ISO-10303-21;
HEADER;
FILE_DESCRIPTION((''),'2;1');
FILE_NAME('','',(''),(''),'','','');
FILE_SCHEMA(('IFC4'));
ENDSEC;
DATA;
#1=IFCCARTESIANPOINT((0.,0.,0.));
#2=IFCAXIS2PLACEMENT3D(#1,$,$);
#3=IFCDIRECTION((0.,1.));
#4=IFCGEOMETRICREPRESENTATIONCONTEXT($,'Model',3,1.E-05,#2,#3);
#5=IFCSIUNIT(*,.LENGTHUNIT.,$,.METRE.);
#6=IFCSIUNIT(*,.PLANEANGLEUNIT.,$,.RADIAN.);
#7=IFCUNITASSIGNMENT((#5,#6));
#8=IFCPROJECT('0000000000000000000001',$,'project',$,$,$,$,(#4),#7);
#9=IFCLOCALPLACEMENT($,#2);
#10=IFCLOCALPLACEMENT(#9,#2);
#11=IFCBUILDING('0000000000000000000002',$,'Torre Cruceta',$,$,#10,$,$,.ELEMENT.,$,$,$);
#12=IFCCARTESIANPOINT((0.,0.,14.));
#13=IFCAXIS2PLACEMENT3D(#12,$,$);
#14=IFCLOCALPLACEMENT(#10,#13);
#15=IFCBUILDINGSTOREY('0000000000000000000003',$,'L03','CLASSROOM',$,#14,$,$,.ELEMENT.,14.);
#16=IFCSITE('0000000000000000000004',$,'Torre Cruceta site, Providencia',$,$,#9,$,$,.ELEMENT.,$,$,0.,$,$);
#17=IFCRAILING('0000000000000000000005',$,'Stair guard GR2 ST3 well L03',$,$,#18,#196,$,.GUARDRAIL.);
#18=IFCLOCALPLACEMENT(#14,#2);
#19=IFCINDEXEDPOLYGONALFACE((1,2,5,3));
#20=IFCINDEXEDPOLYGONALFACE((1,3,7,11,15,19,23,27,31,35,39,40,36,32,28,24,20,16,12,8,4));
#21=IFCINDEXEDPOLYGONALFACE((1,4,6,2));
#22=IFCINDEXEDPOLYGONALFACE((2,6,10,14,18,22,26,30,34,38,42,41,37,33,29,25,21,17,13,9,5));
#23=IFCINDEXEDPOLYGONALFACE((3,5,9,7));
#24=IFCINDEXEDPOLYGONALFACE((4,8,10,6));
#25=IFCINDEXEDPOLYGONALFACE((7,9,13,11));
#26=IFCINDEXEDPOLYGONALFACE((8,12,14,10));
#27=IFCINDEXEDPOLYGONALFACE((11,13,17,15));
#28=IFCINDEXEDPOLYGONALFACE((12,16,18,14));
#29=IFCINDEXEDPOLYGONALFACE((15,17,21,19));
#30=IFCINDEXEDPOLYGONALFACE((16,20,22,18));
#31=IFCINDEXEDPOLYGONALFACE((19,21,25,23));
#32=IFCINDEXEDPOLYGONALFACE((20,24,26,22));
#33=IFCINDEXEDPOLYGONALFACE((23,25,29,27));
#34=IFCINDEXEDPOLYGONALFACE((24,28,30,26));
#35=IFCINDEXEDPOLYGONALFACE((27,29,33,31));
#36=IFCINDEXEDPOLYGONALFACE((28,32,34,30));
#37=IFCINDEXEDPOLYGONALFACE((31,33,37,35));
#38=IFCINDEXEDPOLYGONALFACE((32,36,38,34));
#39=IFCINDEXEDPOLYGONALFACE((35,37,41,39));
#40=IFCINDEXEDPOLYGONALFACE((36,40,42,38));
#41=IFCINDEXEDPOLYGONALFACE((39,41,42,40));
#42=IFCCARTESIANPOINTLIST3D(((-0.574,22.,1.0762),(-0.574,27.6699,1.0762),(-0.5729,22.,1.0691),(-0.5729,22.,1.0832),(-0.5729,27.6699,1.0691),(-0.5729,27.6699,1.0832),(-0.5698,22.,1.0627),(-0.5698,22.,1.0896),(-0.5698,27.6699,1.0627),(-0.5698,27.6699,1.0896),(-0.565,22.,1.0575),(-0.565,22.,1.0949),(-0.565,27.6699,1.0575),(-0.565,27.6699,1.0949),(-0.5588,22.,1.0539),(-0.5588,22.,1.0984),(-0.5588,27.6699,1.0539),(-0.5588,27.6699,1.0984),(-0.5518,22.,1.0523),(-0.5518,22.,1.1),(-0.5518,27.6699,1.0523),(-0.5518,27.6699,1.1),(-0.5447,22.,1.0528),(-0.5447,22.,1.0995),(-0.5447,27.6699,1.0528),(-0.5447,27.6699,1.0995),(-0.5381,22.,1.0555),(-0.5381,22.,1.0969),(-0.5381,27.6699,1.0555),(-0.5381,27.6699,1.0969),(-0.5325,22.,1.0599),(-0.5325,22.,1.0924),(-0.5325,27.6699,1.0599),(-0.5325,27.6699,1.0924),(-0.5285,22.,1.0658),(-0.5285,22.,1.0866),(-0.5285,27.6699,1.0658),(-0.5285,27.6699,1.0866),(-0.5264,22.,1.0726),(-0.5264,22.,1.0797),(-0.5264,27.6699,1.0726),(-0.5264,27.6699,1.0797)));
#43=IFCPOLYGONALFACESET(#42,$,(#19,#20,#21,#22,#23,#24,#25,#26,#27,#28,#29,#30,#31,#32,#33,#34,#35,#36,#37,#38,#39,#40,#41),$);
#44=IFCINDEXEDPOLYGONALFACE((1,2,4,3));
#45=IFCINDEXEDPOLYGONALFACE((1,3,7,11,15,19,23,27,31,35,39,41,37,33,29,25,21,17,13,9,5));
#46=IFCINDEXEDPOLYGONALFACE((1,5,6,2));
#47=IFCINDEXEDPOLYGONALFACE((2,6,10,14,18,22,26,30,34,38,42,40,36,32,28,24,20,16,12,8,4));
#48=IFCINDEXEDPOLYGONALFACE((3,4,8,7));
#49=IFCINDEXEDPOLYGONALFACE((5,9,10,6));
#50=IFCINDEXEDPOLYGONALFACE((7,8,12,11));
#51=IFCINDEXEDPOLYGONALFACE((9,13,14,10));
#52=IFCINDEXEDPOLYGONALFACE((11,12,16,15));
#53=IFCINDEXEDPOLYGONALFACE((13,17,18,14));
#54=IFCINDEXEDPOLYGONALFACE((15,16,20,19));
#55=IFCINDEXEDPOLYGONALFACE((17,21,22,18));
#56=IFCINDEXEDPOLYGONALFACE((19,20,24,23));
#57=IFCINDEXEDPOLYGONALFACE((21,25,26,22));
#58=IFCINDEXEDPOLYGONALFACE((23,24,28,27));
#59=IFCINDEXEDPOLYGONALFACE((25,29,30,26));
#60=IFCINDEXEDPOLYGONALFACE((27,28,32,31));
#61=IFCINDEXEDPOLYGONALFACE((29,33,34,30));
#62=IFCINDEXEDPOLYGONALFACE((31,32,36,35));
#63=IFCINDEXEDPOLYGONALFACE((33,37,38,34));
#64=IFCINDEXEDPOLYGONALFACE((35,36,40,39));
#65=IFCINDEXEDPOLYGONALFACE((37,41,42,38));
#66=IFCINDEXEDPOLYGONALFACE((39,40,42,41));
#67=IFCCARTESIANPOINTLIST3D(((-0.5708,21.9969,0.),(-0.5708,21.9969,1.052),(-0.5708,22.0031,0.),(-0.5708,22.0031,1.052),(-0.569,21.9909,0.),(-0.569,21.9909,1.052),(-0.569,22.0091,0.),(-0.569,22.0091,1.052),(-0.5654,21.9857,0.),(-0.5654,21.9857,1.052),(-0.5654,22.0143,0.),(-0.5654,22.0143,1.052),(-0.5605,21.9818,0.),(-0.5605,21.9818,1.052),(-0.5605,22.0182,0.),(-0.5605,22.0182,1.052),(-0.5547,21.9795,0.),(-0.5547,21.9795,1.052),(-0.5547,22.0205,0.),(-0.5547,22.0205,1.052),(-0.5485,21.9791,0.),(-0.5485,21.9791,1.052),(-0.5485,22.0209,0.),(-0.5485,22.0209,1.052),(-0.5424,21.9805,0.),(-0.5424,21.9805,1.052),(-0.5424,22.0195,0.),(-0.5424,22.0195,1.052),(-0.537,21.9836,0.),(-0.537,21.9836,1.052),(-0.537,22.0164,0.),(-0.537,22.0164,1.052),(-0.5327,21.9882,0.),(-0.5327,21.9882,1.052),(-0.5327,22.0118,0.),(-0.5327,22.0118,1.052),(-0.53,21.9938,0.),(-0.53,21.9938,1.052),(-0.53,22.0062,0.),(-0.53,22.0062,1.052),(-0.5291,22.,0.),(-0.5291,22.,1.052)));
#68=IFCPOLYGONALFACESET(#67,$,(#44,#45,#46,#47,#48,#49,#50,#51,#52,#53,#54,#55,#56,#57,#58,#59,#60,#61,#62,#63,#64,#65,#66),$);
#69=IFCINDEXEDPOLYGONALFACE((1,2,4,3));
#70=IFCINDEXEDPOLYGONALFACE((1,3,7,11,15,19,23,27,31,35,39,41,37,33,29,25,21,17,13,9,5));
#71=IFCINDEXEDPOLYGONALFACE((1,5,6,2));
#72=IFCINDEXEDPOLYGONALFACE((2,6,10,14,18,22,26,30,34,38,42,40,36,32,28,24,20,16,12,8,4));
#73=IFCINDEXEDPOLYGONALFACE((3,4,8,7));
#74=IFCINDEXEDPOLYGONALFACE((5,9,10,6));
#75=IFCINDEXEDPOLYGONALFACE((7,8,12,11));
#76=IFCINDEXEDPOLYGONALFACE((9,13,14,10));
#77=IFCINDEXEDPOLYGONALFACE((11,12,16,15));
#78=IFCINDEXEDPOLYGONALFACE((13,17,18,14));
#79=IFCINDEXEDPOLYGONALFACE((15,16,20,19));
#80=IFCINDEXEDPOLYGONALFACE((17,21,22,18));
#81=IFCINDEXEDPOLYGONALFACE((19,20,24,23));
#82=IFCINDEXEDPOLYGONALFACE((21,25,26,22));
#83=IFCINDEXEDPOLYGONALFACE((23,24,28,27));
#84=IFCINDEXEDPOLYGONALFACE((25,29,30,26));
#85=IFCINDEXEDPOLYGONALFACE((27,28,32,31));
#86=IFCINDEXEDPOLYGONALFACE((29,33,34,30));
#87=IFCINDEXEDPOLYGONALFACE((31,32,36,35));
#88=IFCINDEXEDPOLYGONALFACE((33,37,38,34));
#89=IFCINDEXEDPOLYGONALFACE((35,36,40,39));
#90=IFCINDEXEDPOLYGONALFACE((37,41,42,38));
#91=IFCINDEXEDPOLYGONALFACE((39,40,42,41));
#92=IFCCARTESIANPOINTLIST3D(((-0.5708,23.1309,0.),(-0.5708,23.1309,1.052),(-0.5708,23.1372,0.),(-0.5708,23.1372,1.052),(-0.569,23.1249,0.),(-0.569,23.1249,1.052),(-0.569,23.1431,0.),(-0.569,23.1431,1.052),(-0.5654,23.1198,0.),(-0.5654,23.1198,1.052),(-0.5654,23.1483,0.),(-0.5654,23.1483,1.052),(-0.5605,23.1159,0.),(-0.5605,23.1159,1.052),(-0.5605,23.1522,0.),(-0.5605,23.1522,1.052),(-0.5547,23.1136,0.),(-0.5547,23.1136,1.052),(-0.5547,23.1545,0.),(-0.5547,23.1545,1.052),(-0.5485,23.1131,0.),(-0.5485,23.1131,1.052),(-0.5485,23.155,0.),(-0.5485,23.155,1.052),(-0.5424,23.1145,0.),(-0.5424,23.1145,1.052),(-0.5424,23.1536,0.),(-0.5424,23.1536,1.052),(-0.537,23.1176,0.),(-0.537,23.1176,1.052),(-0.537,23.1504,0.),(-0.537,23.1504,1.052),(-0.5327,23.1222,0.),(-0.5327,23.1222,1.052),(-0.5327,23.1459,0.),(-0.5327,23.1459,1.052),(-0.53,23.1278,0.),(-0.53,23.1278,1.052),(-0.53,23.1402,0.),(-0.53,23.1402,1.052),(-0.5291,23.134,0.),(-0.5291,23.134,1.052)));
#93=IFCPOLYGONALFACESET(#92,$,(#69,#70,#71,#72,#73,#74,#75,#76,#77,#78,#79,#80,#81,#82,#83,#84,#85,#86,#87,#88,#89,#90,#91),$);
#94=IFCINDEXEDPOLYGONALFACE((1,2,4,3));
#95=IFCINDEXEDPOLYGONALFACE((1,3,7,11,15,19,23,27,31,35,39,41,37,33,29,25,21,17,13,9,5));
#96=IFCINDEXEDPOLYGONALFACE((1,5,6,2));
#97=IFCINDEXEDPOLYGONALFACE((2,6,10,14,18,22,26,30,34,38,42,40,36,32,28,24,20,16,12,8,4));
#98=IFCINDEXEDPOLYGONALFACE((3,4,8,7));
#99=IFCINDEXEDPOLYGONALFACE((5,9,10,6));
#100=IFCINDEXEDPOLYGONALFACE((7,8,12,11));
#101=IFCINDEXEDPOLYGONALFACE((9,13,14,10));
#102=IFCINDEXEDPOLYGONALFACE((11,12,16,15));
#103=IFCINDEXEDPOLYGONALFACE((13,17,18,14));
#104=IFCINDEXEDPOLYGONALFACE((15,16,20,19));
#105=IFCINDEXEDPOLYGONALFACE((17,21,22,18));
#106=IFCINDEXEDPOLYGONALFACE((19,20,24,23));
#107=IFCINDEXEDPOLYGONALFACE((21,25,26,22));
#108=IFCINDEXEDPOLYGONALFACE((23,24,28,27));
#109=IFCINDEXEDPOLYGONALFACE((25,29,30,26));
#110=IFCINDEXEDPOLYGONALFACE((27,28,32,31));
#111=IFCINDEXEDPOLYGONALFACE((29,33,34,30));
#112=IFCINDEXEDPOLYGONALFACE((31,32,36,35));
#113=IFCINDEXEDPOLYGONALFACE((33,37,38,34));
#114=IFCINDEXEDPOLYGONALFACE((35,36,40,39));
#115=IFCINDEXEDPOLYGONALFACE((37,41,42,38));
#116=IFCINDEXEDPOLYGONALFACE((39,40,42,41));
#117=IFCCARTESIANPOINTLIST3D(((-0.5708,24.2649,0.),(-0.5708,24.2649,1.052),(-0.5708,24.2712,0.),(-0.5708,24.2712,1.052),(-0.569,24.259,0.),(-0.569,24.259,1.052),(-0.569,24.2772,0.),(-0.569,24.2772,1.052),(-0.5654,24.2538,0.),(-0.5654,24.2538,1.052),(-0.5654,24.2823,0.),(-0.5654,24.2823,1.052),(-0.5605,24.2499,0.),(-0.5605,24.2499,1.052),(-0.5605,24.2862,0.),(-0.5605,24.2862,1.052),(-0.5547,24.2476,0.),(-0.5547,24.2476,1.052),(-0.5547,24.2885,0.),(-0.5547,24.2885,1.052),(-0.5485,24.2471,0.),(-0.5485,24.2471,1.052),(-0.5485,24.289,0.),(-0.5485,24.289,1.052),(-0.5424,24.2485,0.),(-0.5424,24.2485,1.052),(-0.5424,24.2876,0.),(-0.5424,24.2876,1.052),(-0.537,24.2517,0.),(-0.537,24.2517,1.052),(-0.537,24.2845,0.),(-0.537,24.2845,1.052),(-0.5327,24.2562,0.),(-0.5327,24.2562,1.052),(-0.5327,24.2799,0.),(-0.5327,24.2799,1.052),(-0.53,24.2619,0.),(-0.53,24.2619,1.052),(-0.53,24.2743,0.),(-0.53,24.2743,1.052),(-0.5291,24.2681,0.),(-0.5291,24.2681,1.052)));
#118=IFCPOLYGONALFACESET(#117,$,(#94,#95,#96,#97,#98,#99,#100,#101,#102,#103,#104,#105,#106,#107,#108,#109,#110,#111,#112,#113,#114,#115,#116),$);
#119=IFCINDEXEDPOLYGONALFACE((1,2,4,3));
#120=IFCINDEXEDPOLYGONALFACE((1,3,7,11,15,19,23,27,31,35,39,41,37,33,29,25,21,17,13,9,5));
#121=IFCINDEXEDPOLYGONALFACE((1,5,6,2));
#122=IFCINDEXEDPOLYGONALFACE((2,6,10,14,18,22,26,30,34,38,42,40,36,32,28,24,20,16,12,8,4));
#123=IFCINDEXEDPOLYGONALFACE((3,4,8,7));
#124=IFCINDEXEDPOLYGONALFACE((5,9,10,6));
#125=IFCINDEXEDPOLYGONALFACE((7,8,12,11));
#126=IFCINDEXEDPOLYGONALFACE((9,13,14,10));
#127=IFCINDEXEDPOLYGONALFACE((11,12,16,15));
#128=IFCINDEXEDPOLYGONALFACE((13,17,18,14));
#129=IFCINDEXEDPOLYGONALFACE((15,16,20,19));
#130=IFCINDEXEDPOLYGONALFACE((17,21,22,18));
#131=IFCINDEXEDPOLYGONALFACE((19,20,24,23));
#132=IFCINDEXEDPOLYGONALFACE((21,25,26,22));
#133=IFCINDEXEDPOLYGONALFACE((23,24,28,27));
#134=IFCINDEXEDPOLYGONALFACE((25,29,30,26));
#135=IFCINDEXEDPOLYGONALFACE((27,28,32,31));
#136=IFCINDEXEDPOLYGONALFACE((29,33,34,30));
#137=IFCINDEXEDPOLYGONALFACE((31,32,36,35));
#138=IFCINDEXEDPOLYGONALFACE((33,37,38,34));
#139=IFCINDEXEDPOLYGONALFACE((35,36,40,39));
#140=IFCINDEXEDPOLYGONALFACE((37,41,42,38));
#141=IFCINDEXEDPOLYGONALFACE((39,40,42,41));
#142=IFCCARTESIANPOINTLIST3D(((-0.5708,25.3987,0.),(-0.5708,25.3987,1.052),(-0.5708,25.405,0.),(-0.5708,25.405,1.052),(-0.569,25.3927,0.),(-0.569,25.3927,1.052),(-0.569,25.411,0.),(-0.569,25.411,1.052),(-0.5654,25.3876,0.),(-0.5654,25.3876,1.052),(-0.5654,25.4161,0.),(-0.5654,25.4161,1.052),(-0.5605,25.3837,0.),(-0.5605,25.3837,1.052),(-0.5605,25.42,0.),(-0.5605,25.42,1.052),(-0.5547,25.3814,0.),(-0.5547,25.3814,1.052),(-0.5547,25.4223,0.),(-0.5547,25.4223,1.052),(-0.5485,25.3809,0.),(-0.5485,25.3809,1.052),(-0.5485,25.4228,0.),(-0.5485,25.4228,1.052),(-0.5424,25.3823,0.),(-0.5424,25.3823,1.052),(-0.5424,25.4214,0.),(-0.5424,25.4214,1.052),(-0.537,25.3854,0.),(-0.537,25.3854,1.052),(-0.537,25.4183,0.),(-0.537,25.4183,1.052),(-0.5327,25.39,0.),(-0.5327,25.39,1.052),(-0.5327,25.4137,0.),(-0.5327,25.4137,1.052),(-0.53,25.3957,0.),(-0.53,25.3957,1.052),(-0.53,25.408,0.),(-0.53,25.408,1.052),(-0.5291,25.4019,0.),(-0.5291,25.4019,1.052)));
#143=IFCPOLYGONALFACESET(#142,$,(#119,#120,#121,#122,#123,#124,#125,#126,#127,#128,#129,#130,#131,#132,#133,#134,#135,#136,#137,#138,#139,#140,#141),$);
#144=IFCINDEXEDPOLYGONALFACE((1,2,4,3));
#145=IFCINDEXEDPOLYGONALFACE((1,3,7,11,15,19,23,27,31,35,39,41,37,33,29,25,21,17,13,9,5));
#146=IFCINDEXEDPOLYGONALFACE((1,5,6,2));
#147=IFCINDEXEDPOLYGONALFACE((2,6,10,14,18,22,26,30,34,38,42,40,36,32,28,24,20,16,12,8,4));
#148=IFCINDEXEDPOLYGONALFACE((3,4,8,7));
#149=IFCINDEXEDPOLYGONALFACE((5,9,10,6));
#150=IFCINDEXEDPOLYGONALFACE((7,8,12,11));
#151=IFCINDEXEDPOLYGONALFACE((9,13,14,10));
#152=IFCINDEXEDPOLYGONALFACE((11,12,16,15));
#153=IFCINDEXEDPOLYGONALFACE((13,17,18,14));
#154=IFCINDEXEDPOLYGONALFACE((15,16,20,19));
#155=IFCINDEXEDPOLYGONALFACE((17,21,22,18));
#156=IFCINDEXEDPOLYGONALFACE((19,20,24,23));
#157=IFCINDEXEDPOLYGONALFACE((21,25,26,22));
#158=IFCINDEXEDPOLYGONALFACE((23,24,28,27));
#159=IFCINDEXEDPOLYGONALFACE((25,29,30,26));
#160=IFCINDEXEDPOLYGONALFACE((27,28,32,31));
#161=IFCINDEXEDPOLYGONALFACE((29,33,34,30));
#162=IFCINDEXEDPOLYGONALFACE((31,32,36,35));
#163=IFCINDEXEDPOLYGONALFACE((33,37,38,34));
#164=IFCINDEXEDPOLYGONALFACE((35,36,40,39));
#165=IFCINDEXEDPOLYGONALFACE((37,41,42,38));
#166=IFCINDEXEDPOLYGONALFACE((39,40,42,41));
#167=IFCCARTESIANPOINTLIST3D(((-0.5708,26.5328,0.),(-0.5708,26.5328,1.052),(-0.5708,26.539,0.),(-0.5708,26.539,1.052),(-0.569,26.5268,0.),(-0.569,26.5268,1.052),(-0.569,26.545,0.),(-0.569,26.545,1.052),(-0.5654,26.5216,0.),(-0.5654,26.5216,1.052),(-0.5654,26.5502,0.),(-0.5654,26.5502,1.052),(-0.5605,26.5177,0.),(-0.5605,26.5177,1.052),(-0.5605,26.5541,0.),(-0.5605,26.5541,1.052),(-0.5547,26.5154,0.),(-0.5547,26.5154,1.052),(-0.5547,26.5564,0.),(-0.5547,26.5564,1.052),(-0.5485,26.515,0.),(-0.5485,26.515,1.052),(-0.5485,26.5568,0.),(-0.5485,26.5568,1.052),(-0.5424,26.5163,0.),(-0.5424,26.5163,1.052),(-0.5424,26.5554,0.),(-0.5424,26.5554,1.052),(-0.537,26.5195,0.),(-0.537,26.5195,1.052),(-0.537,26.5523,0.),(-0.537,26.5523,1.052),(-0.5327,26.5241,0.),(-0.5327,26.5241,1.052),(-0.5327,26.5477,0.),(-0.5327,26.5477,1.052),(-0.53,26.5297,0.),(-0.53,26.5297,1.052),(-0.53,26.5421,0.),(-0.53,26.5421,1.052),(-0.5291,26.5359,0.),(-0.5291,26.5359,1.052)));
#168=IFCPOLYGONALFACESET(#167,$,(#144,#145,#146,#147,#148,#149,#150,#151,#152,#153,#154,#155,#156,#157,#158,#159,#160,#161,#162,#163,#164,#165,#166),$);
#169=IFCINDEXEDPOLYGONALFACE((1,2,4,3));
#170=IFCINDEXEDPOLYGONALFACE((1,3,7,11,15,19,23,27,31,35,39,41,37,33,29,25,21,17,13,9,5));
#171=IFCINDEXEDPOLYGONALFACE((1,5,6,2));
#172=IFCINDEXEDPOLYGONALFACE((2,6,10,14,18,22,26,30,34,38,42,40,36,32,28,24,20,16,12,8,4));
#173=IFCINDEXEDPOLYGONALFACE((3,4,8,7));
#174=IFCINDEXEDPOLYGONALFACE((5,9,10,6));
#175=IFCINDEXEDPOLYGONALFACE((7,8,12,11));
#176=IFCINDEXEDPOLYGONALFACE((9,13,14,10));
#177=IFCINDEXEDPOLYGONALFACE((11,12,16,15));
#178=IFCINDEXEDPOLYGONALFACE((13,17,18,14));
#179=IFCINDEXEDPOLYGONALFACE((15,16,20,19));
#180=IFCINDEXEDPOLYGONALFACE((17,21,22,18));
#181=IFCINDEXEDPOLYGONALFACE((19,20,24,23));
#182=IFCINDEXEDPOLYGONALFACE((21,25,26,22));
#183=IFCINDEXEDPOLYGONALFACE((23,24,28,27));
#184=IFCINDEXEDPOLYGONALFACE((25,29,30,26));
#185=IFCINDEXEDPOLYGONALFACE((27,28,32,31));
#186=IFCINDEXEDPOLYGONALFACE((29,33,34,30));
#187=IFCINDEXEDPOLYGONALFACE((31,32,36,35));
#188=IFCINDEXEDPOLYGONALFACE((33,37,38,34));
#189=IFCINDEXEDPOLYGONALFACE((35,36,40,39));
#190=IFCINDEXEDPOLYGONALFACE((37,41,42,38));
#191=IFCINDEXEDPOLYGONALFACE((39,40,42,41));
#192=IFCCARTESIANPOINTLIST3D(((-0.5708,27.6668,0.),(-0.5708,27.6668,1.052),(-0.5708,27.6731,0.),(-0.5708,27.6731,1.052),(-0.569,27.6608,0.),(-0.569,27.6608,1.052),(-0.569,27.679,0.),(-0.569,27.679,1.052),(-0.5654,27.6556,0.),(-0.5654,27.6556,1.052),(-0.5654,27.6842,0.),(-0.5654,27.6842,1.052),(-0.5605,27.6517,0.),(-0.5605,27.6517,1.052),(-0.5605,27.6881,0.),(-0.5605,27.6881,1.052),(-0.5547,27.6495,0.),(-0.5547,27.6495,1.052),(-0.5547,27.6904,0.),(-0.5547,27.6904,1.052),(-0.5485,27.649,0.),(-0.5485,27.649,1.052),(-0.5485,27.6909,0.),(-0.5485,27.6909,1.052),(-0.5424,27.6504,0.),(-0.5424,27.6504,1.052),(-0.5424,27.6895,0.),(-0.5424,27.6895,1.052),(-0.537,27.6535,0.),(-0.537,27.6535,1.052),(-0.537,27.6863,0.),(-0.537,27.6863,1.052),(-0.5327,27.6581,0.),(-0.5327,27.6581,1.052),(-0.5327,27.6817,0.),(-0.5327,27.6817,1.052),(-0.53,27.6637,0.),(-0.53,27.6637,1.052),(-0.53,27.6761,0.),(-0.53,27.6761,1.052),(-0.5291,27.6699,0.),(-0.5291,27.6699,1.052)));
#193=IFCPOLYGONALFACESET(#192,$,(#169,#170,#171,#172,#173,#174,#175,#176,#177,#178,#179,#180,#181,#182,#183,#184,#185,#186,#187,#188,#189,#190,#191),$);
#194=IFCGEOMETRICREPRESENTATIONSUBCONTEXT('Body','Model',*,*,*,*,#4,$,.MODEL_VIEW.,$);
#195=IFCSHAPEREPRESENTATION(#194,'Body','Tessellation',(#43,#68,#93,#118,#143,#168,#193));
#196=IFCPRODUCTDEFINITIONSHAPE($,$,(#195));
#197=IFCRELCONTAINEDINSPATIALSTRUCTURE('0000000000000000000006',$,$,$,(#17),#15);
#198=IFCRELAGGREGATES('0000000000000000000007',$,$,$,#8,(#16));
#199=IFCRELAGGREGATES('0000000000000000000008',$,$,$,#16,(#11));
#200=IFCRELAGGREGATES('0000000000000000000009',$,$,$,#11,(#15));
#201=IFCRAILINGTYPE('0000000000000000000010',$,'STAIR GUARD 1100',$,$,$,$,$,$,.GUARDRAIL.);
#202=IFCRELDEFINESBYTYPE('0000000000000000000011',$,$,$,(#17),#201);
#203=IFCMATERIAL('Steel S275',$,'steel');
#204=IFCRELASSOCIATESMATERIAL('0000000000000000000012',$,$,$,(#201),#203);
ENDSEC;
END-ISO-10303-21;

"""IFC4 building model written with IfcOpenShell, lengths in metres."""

from ifc_helpers import new_model, si_unit, direction, frame, origin, origin_2d, place, context, subcontext, project, spatial, circle, extrude, material, type_object, element, save


model = new_model("IFC4")

# Units and contexts
model_context = context("Model", 3, precision=1e-05, world=origin(), true_north=direction((0.0, 1.0)))
body_context = subcontext(model_context, "Body", "Model", "MODEL_VIEW")
ifc_project = project(units=[si_unit("LENGTHUNIT", "METRE"), si_unit("PLANEANGLEUNIT", "RADIAN")], contexts=[model_context])

# Site, building, storey
site_placement = place(None, origin())
site = spatial("IfcSite", under=ifc_project, at=site_placement, Name="Torre Cruceta site, Providencia", CompositionType="ELEMENT", RefElevation=0.0)
building_placement = place(site_placement, origin())
building = spatial("IfcBuilding", under=site, at=building_placement, Name="Torre Cruceta", CompositionType="ELEMENT")
storey_placement = place(building_placement, frame((0.0, 0.0, 14.0)))
storey = spatial("IfcBuildingStorey", under=building, at=storey_placement, Name="L03", Description="CLASSROOM", CompositionType="ELEMENT", Elevation=14.0)

# Railing
ifc_material_1 = material(Name="Steel S275", Category="steel")
railing_type = type_object("IfcRailingType", Name="STAIR GUARD 1100", PredefinedType="GUARDRAIL", material=ifc_material_1)
railing_1_placement = place(storey_placement, frame((-0.55, 22.0, 0.0)))
element("IfcRailing", 1, at=railing_1_placement, inside=storey, type_object=railing_type, Name="Stair guard GR2 ST3 well L03", PredefinedType="GUARDRAIL", context=body_context, shape_type="SweptSolid", body=[
    extrude(circle(Radius=0.0239, at=origin_2d()), frame((0.0, 0.0, 1.0762), z_axis=(0.0, 1.0, 0.0), x_axis=(-1.0, 0.0, 0.0)), (0.0, 0.0, 1.0), 5.6699),
    extrude(circle(Radius=0.021, at=origin_2d()), origin(), (0.0, 0.0, 1.0), 1.052),
    extrude(circle(Radius=0.021, at=origin_2d()), frame((0.0, 1.134, 0.0)), (0.0, 0.0, 1.0), 1.052),
    extrude(circle(Radius=0.021, at=origin_2d()), frame((0.0, 2.2681, 0.0)), (0.0, 0.0, 1.0), 1.052),
    extrude(circle(Radius=0.021, at=origin_2d()), frame((0.0, 3.4019, 0.0)), (0.0, 0.0, 1.0), 1.052),
    extrude(circle(Radius=0.021, at=origin_2d()), frame((0.0, 4.5359, 0.0)), (0.0, 0.0, 1.0), 1.052),
    extrude(circle(Radius=0.021, at=origin_2d()), frame((0.0, 5.6699, 0.0)), (0.0, 0.0, 1.0), 1.052),
])

save(model, "model.ifc")
